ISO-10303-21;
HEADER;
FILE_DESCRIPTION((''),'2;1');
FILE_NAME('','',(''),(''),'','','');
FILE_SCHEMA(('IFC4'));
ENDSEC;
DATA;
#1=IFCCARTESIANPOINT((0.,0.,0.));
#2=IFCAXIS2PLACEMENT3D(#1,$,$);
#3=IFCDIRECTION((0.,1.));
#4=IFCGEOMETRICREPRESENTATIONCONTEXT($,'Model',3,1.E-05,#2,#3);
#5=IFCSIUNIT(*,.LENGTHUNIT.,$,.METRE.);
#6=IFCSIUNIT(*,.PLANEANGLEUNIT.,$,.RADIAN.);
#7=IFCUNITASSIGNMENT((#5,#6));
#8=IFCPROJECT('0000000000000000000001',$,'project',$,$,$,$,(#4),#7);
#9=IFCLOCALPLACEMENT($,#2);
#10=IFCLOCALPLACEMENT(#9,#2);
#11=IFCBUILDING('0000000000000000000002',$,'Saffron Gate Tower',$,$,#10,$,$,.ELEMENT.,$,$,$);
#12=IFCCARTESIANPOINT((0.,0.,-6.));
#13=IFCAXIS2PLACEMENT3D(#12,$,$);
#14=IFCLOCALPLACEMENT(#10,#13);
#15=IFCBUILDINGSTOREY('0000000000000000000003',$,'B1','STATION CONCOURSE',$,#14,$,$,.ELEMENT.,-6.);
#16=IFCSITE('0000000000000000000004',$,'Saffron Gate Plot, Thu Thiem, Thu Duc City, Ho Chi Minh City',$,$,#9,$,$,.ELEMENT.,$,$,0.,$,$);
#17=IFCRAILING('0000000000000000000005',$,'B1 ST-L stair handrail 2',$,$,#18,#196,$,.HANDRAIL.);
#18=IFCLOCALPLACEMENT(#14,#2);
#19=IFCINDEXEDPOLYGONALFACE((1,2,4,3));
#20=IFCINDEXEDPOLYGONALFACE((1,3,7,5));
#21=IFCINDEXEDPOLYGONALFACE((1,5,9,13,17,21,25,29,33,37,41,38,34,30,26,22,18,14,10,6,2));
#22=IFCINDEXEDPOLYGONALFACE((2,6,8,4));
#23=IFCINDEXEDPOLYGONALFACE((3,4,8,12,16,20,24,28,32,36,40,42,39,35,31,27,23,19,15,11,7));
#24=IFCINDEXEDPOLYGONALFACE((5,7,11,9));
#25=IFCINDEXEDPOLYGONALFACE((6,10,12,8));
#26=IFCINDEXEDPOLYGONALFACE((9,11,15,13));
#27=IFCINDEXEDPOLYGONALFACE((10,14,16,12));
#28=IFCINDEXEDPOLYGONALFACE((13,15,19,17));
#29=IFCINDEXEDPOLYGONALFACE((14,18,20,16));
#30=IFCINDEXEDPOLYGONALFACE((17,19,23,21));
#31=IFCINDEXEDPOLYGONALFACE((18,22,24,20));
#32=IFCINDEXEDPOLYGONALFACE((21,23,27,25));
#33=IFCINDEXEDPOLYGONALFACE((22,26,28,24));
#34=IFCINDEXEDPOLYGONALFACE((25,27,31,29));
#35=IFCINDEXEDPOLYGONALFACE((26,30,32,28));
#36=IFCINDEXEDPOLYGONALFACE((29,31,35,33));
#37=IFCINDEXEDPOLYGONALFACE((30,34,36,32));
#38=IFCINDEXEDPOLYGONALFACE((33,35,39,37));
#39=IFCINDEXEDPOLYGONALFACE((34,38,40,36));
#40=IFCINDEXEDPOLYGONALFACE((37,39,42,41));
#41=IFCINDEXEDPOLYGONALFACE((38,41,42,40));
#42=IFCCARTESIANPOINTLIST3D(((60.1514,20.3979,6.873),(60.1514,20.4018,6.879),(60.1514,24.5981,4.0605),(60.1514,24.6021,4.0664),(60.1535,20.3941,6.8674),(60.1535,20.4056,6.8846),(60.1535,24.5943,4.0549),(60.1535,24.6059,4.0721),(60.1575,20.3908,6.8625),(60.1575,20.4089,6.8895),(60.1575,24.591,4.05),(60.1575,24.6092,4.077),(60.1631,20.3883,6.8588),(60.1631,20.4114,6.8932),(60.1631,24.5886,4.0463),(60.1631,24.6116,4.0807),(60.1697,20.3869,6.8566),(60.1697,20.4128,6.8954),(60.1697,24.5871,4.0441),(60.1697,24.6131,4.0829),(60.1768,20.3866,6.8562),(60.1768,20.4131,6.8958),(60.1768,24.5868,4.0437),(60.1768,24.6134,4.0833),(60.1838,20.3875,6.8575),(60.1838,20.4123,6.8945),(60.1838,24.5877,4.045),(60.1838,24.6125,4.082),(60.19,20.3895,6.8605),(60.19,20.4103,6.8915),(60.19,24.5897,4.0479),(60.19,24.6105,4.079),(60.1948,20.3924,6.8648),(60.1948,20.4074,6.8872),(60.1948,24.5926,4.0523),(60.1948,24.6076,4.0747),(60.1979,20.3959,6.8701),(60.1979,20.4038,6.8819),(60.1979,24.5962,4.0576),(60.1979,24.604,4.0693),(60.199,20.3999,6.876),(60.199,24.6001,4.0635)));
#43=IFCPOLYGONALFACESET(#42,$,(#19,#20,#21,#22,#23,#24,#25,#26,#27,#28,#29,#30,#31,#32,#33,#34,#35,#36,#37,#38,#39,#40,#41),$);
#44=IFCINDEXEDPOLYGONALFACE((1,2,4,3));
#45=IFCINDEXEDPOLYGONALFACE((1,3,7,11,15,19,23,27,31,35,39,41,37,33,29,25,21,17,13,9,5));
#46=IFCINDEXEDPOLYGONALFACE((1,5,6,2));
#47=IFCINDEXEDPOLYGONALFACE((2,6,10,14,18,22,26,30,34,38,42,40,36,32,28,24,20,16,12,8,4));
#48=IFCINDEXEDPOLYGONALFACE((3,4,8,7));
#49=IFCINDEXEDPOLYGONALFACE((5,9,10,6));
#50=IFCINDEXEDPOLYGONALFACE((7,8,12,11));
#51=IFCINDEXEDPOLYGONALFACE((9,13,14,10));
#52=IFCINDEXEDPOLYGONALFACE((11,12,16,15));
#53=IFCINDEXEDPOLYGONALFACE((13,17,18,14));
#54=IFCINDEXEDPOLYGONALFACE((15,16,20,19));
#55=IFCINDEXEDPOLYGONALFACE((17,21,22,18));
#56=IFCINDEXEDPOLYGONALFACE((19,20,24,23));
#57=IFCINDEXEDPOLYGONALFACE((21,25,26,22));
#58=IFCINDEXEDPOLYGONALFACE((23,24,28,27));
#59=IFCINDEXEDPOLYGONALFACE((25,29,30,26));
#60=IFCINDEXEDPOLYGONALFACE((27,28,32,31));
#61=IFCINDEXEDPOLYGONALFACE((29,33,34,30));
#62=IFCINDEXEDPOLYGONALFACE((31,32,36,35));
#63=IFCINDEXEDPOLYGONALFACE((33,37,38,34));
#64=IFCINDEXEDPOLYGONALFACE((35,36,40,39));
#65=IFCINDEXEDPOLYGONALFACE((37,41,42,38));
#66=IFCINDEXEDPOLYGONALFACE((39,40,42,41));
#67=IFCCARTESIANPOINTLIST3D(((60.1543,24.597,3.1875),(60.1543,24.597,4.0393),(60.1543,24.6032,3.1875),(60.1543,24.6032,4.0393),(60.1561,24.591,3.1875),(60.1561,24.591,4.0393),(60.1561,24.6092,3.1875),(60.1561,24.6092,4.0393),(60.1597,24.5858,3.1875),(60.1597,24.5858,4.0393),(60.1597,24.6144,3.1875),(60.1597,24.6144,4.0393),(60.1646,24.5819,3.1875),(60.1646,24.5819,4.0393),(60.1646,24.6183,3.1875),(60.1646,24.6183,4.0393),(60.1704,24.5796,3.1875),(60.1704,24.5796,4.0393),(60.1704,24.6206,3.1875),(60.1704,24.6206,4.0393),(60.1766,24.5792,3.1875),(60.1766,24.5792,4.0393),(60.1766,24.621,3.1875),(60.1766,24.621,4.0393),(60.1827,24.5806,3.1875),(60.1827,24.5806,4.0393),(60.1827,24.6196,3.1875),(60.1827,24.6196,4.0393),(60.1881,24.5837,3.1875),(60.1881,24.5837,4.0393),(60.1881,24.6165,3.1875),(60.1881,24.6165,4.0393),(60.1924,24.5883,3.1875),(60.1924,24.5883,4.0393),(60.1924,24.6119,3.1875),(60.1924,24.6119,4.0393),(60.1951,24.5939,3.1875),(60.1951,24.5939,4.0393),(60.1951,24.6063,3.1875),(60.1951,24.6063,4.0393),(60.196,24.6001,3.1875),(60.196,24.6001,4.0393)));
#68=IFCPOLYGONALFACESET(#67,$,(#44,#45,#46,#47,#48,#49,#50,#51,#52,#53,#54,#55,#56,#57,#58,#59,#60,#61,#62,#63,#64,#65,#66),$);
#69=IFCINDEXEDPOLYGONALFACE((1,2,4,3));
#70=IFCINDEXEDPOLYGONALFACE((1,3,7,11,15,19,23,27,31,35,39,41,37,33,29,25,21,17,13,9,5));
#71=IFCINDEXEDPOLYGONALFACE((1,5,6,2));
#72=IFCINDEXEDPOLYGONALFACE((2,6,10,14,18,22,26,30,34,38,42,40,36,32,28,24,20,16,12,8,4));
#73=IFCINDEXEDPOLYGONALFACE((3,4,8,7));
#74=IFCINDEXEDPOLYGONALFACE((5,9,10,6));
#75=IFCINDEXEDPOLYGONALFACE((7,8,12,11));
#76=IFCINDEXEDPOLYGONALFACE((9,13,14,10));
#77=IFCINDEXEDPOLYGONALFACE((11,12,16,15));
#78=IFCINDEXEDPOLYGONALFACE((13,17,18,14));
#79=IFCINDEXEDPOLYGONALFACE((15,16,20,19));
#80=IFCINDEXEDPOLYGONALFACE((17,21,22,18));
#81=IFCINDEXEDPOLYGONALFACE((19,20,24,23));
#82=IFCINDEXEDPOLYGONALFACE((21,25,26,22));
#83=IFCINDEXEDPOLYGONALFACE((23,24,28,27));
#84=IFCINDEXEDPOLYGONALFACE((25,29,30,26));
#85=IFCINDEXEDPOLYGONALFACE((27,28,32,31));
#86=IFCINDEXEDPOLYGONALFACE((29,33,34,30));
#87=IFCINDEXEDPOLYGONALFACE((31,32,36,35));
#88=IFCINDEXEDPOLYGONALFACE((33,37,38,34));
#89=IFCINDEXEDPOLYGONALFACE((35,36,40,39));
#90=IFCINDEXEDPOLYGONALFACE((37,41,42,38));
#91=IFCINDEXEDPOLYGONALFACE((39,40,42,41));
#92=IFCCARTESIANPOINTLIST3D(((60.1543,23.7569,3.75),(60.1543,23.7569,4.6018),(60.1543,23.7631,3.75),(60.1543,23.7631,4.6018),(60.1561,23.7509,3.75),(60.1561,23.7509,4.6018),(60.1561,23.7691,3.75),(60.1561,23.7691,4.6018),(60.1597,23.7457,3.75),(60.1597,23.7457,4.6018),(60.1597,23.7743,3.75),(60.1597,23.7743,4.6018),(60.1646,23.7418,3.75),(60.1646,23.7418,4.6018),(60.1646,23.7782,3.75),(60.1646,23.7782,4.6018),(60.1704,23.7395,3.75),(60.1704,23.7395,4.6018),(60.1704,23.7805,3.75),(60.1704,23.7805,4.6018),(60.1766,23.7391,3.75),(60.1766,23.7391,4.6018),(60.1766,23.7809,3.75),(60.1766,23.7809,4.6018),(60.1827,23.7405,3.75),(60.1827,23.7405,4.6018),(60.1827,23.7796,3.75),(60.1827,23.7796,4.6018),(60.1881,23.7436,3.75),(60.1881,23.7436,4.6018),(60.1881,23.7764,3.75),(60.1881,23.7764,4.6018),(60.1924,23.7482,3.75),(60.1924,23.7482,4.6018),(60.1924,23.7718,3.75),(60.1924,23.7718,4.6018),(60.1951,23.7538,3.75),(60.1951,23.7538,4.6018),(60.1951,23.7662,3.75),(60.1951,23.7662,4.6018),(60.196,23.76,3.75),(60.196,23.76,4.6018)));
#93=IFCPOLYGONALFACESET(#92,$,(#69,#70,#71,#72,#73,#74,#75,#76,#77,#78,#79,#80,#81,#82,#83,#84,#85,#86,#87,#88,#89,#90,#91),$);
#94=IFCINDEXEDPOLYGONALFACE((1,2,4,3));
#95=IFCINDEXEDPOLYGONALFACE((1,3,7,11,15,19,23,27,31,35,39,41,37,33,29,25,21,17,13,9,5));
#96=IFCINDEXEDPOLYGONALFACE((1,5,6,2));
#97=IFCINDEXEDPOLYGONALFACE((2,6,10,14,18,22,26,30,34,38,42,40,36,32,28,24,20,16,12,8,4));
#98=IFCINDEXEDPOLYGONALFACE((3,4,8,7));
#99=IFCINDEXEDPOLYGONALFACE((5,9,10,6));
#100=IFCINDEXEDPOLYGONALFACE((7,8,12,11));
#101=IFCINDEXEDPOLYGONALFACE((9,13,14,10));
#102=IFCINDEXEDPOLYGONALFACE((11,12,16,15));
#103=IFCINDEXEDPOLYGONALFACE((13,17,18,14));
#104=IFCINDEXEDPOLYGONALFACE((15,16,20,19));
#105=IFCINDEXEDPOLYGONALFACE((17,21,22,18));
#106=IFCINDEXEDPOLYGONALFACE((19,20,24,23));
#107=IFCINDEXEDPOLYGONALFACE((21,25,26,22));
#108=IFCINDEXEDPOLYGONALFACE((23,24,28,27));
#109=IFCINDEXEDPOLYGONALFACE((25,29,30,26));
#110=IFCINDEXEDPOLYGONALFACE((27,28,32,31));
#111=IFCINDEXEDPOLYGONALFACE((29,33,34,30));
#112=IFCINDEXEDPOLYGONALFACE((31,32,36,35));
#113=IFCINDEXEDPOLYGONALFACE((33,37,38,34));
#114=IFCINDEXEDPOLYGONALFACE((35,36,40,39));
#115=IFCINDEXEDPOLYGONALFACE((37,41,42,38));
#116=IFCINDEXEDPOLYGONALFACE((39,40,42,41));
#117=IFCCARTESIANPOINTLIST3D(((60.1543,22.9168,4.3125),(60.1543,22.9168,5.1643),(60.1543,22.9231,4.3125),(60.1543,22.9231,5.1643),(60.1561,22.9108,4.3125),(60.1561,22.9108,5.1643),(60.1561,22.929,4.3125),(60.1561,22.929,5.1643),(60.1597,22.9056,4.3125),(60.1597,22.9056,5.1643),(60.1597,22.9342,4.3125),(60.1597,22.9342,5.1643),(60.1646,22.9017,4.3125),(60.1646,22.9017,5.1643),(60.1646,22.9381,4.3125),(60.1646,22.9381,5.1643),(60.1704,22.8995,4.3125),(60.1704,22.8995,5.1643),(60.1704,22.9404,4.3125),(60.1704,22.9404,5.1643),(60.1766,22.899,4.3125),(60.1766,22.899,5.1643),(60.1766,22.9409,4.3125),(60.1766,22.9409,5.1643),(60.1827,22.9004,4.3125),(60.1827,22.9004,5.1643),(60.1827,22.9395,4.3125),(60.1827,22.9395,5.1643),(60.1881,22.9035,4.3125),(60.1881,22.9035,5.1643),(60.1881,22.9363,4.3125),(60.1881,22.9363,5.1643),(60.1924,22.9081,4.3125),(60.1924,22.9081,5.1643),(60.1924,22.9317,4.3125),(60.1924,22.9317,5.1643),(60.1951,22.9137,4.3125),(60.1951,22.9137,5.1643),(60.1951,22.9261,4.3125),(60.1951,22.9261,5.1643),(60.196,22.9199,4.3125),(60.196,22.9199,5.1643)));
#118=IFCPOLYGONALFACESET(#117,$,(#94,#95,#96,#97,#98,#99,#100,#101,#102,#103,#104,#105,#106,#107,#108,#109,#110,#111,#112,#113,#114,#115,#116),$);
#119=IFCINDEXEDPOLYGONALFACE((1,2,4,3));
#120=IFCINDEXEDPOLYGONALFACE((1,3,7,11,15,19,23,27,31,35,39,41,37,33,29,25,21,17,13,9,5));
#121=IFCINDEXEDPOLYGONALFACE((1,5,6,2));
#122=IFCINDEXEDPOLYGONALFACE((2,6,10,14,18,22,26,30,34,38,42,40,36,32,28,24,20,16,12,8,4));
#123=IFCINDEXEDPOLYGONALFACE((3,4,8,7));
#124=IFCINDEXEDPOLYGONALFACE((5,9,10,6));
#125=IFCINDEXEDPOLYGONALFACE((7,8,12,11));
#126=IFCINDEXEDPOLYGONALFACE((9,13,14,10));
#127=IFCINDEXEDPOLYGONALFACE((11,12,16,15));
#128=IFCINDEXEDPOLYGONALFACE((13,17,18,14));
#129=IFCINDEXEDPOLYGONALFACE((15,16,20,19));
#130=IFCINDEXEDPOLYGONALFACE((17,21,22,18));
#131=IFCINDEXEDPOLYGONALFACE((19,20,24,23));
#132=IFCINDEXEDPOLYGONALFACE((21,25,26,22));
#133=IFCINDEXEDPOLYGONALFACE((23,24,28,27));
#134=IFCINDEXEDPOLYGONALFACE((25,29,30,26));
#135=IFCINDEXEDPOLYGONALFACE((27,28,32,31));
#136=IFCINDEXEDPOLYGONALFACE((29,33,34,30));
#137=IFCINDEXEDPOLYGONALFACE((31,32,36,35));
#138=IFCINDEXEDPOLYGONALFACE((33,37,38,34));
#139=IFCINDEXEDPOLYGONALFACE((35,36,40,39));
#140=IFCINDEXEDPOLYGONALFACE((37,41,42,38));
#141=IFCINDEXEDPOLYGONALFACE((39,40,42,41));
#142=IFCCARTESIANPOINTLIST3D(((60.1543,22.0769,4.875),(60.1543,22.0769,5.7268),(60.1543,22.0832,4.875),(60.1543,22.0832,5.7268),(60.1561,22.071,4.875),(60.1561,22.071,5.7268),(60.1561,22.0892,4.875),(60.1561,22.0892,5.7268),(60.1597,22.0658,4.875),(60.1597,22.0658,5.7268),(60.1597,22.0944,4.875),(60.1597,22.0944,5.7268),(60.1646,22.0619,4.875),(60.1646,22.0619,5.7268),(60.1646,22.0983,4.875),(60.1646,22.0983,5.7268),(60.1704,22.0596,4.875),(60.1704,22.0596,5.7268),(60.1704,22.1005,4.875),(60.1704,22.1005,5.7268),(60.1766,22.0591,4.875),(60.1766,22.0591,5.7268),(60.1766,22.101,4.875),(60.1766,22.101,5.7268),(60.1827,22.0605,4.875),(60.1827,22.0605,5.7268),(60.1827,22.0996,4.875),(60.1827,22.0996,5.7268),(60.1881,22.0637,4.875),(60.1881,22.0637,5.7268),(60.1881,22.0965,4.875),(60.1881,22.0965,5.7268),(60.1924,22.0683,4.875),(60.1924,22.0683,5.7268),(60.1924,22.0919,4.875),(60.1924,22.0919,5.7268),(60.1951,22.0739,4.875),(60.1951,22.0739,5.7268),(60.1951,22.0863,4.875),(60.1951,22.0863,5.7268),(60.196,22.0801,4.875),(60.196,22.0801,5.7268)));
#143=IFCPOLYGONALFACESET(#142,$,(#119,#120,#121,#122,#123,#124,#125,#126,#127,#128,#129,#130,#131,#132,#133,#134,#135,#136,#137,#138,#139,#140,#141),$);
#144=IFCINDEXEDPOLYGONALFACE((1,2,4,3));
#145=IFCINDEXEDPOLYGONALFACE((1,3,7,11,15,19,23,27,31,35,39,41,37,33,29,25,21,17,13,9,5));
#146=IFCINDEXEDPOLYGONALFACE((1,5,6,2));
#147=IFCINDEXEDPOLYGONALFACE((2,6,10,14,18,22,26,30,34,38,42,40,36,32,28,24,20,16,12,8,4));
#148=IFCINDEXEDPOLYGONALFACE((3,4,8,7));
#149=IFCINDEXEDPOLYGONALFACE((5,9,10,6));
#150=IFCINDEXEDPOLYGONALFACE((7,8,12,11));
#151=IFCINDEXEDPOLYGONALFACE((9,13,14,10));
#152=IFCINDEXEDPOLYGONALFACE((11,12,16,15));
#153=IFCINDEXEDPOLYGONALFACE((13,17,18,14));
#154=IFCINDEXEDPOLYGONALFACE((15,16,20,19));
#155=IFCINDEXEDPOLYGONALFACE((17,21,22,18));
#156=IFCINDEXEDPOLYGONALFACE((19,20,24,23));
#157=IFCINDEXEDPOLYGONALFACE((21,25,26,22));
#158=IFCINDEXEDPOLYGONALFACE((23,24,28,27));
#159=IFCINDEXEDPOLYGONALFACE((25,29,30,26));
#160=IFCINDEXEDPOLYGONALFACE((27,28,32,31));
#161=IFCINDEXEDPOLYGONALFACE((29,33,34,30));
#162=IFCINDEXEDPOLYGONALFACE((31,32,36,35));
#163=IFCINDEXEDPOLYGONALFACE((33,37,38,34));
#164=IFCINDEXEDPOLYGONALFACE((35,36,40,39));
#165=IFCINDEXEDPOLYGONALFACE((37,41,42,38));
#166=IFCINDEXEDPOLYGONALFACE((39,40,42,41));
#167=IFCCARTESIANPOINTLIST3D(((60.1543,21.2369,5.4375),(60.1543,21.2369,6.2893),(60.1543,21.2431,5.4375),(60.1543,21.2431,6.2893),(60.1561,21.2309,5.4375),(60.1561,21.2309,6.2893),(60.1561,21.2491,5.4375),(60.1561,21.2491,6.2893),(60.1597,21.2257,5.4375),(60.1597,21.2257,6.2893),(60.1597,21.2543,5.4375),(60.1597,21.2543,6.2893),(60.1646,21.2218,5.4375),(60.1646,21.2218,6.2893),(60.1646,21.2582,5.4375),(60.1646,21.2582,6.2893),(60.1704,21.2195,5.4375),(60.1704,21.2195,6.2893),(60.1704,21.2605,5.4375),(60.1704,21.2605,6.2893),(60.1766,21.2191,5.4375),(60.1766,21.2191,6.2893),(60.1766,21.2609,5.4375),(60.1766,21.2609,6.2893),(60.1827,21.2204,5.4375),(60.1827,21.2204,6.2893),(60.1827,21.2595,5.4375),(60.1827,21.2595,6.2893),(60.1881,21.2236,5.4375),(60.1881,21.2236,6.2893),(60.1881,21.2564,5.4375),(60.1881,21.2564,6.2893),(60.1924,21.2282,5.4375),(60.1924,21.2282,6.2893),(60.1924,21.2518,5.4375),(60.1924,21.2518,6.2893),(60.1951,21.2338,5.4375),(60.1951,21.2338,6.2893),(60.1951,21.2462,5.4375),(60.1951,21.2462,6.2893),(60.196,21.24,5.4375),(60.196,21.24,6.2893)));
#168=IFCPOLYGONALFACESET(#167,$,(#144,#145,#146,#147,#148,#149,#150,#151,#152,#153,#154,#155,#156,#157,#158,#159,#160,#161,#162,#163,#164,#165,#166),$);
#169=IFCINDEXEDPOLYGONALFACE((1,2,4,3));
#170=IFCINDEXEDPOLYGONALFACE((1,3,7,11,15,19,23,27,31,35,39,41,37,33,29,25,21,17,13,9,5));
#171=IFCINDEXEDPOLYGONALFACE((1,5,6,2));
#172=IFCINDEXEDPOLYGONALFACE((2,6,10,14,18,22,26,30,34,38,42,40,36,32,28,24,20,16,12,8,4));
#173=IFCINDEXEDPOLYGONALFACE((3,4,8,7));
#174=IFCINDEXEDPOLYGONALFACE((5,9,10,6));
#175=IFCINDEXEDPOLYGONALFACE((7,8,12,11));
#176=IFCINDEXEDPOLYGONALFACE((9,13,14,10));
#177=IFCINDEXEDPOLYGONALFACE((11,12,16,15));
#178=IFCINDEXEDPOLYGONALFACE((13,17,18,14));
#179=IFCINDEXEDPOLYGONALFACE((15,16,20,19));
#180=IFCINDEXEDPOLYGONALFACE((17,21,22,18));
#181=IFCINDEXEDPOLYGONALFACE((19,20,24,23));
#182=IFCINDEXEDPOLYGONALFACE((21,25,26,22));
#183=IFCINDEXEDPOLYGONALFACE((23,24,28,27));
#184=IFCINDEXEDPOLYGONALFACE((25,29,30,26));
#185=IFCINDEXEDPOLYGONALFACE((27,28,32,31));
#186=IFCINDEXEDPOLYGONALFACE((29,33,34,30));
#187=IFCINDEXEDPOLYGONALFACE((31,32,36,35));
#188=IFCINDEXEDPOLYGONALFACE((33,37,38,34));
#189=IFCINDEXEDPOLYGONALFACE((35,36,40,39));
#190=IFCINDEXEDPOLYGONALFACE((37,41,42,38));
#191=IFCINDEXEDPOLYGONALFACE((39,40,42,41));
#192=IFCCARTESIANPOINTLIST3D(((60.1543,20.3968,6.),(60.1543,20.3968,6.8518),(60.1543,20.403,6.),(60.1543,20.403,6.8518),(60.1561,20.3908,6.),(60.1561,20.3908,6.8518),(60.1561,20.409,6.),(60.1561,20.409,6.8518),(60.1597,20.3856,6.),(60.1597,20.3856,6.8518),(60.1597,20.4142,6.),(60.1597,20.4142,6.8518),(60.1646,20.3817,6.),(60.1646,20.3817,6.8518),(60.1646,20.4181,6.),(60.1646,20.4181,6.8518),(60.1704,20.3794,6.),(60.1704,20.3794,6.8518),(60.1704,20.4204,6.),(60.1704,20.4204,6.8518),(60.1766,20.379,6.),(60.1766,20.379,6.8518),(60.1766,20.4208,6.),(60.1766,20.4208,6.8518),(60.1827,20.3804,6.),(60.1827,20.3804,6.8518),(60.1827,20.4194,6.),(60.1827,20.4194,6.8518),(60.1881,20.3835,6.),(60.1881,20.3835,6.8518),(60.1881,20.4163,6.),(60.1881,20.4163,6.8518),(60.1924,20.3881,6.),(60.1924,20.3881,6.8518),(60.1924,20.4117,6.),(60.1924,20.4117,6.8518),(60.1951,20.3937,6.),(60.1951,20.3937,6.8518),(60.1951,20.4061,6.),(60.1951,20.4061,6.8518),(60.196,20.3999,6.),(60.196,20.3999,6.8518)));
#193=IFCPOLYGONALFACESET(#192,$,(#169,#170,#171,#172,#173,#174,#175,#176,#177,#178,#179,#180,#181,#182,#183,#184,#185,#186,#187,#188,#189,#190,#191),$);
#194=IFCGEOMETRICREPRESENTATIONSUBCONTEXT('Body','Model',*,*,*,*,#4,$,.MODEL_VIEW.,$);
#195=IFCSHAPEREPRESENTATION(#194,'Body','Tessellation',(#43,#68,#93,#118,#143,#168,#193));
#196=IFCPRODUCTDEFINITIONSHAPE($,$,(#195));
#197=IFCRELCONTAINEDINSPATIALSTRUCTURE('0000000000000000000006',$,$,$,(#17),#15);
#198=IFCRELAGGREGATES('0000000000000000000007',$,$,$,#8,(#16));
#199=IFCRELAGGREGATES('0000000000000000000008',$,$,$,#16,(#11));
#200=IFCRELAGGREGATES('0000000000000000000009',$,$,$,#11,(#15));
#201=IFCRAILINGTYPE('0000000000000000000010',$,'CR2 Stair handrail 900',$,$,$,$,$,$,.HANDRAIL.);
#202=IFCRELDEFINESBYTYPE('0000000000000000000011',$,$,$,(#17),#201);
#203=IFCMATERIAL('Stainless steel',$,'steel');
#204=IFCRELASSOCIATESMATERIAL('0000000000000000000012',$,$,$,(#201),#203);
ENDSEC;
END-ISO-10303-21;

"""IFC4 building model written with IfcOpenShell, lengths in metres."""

from ifc_helpers import new_model, si_unit, direction, frame, origin, origin_2d, place, context, subcontext, project, spatial, circle, extrude, material, type_object, element, save


model = new_model("IFC4")

# Units and contexts
model_context = context("Model", 3, precision=1e-05, world=origin(), true_north=direction((0.0, 1.0)))
body_context = subcontext(model_context, "Body", "Model", "MODEL_VIEW")
ifc_project = project(units=[si_unit("LENGTHUNIT", "METRE"), si_unit("PLANEANGLEUNIT", "RADIAN")], contexts=[model_context])

# Site, building, storey
site_placement = place(None, origin())
site = spatial("IfcSite", under=ifc_project, at=site_placement, Name="Saffron Gate Plot, Thu Thiem, Thu Duc City, Ho Chi Minh City", CompositionType="ELEMENT", RefElevation=0.0)
building_placement = place(site_placement, origin())
building = spatial("IfcBuilding", under=site, at=building_placement, Name="Saffron Gate Tower", CompositionType="ELEMENT")
storey_placement = place(building_placement, frame((0.0, 0.0, -6.0)))
storey = spatial("IfcBuildingStorey", under=building, at=storey_placement, Name="B1", Description="STATION CONCOURSE", CompositionType="ELEMENT", Elevation=-6.0)

# Railing
ifc_material_1 = material(Name="Stainless steel", Category="steel")
railing_type_1 = type_object("IfcRailingType", Name="CR2 Stair handrail 900", PredefinedType="HANDRAIL", material=ifc_material_1)
railing_1_placement = place(storey_placement, frame((60.175, 24.6001, 3.1875)))
element("IfcRailing", 1, at=railing_1_placement, inside=storey, type_object=railing_type_1, Name="B1 ST-L stair handrail 2", PredefinedType="HANDRAIL", context=body_context, shape_type="SweptSolid", body=[
    extrude(circle(Radius=0.0239, at=origin_2d()), frame((0.0, 0.0, 0.876), z_axis=(0.0, -0.830919, 0.556393), x_axis=(1.0, 0.0, 0.0)), (0.0, 0.0, 1.0), 5.0549),
    extrude(circle(Radius=0.021, at=origin_2d()), origin(), (0.0, 0.0, 1.0), 0.8518),
    extrude(circle(Radius=0.021, at=origin_2d()), frame((0.0, -0.8401, 0.5625)), (0.0, 0.0, 1.0), 0.8518),
    extrude(circle(Radius=0.021, at=origin_2d()), frame((0.0, -1.6802, 1.125)), (0.0, 0.0, 1.0), 0.8518),
    extrude(circle(Radius=0.021, at=origin_2d()), frame((0.0, -2.52, 1.6875)), (0.0, 0.0, 1.0), 0.8518),
    extrude(circle(Radius=0.021, at=origin_2d()), frame((0.0, -3.3601, 2.25)), (0.0, 0.0, 1.0), 0.8518),
    extrude(circle(Radius=0.021, at=origin_2d()), frame((0.0, -4.2002, 2.8125)), (0.0, 0.0, 1.0), 0.8518),
])

save(model, "model.ifc")
